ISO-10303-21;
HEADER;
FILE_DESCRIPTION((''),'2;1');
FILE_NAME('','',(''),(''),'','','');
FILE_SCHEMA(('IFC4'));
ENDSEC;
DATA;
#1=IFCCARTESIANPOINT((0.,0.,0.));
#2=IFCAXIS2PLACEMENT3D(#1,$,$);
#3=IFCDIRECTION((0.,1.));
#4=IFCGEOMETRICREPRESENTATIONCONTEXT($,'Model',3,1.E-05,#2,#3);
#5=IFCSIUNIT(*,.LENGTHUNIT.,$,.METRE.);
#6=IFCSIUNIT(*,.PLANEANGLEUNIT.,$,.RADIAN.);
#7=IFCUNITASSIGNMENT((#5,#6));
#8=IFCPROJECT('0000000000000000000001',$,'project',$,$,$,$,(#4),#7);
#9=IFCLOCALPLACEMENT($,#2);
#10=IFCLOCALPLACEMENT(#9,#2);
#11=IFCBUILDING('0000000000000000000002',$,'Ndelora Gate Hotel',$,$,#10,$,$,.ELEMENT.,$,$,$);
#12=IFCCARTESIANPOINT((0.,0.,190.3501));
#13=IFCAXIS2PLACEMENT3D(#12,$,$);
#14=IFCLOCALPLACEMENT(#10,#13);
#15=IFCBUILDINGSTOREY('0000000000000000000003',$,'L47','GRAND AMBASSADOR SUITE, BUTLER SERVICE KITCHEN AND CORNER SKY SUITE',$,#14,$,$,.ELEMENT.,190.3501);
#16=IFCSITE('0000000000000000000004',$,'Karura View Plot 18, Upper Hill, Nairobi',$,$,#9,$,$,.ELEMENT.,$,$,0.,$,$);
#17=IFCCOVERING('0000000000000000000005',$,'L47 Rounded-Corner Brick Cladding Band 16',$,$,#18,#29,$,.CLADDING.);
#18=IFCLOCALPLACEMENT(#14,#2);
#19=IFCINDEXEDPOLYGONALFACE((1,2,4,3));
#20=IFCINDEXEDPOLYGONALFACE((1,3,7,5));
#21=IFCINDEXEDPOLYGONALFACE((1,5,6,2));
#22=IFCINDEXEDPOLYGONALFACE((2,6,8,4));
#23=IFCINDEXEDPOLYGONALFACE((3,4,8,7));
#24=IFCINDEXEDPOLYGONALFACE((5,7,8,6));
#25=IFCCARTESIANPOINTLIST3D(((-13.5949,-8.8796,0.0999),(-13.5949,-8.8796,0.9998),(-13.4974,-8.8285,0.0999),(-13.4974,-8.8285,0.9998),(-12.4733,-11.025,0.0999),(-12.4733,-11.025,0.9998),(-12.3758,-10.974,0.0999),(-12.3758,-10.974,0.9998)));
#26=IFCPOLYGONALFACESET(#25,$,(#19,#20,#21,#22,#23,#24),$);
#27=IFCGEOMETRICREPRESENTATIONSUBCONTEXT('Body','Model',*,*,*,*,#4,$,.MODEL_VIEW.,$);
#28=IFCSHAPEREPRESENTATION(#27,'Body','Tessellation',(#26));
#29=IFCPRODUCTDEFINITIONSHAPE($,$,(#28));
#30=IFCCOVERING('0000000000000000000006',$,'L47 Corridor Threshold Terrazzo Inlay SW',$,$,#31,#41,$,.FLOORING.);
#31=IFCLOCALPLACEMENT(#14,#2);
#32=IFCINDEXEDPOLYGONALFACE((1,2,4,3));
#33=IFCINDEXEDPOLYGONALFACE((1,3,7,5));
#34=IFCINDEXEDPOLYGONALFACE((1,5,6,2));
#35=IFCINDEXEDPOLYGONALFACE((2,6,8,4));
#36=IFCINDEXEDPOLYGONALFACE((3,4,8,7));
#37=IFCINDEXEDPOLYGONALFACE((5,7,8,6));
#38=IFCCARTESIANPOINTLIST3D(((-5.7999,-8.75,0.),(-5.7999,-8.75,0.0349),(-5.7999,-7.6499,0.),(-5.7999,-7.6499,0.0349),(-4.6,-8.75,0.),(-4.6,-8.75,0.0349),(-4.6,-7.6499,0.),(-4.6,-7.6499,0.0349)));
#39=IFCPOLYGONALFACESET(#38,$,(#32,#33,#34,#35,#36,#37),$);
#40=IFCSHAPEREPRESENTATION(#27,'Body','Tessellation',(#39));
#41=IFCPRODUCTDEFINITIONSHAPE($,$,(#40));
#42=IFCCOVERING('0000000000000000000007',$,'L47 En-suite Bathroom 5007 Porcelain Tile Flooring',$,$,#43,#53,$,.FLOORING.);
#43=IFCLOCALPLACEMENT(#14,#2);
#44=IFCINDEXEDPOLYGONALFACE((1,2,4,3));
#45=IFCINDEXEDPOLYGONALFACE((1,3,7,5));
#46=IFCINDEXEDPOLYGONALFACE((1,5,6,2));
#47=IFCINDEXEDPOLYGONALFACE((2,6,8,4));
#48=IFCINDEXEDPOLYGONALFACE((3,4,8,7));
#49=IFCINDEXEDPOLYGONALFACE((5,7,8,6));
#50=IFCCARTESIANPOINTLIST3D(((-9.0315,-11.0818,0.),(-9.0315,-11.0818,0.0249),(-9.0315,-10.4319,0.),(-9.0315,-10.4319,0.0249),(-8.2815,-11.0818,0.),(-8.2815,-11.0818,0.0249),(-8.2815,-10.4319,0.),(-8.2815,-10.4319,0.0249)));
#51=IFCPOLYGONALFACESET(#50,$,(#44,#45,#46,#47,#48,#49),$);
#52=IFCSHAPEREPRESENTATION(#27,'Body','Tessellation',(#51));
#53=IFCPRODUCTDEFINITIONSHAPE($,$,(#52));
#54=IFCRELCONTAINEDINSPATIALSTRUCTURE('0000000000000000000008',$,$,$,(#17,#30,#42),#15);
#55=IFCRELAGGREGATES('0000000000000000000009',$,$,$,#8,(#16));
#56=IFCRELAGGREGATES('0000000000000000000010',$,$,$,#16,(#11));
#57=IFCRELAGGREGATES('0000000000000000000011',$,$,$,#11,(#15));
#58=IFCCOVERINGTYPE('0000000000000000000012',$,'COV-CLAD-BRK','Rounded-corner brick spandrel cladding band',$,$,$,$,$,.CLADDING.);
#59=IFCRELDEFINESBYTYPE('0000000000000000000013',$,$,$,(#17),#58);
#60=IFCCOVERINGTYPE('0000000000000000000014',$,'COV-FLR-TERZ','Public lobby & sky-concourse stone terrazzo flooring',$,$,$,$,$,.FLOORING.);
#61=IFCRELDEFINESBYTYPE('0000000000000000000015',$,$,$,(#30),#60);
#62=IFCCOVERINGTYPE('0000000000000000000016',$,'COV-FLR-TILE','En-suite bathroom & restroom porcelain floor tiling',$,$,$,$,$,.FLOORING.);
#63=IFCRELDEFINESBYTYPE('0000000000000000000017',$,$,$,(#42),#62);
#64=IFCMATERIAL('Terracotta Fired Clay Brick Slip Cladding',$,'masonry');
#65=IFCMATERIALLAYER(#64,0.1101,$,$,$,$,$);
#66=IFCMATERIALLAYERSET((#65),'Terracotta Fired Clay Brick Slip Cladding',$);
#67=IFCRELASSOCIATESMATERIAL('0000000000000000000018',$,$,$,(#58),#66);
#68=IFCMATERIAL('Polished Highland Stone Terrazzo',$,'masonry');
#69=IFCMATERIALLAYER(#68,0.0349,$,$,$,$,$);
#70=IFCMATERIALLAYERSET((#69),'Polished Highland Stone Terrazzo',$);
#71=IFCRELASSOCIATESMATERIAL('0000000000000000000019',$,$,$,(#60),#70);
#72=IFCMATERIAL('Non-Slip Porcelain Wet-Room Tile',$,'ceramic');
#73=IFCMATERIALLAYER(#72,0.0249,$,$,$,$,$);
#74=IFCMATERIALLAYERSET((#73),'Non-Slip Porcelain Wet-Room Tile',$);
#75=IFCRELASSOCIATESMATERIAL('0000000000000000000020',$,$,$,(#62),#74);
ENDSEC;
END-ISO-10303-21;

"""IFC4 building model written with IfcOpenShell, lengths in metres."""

from ifc_helpers import new_model, si_unit, direction, frame, origin, origin_2d, place, context, subcontext, project, spatial, rectangle, extrude, material, layer, layer_set, type_object, element, save


model = new_model("IFC4")

# Units and contexts
model_context = context("Model", 3, precision=1e-05, world=origin(), true_north=direction((0.0, 1.0)))
body_context = subcontext(model_context, "Body", "Model", "MODEL_VIEW")
ifc_project = project(units=[si_unit("LENGTHUNIT", "METRE"), si_unit("PLANEANGLEUNIT", "RADIAN")], contexts=[model_context])

# Site, building, storey
site_placement = place(None, origin())
site = spatial("IfcSite", under=ifc_project, at=site_placement, Name="Karura View Plot 18, Upper Hill, Nairobi", CompositionType="ELEMENT", RefElevation=0.0)
building_placement = place(site_placement, origin())
building = spatial("IfcBuilding", under=site, at=building_placement, Name="Ndelora Gate Hotel", CompositionType="ELEMENT")
storey_placement = place(building_placement, frame((0.0, 0.0, 190.3501)))
storey = spatial("IfcBuildingStorey", under=building, at=storey_placement, Name="L47", Description="GRAND AMBASSADOR SUITE, BUTLER SERVICE KITCHEN AND CORNER SKY SUITE", CompositionType="ELEMENT", Elevation=190.3501)

# Coverings
ifc_material_1 = material(Name="Terracotta Fired Clay Brick Slip Cladding", Category="masonry")
ifc_layer_1 = layer(ifc_material_1, 0.1101)
ifc_layer_set_1 = layer_set([ifc_layer_1], Name="Terracotta Fired Clay Brick Slip Cladding")
covering_type_1 = type_object("IfcCoveringType", Name="COV-CLAD-BRK", Description="Rounded-corner brick spandrel cladding band", PredefinedType="CLADDING", material=ifc_layer_set_1)
covering_1_placement = place(storey_placement, frame((-12.9854, -9.9268, 0.0999), z_axis=(0.0, 0.0, 1.0), x_axis=(-0.463296, 0.886204, 0.0)))
element("IfcCovering", 1, at=covering_1_placement, inside=storey, type_object=covering_type_1, Name="L47 Rounded-Corner Brick Cladding Band 16", PredefinedType="CLADDING", context=body_context, shape_type="SweptSolid", body=[
    extrude(rectangle(XDim=2.4209, YDim=0.1101, at=origin_2d()), origin(), (0.0, 0.0, 1.0), 0.8999),
])
ifc_material_2 = material(Name="Polished Highland Stone Terrazzo", Category="masonry")
ifc_layer_2 = layer(ifc_material_2, 0.0349)
ifc_layer_set_2 = layer_set([ifc_layer_2], Name="Polished Highland Stone Terrazzo")
covering_type_2 = type_object("IfcCoveringType", Name="COV-FLR-TERZ", Description="Public lobby & sky-concourse stone terrazzo flooring", PredefinedType="FLOORING", material=ifc_layer_set_2)
covering_2_placement = place(storey_placement, frame((-5.2, -8.2, 0.0), z_axis=(0.0, 0.0, 1.0), x_axis=(1.0, 0.0, 0.0)))
element("IfcCovering", 2, at=covering_2_placement, inside=storey, type_object=covering_type_2, Name="L47 Corridor Threshold Terrazzo Inlay SW", PredefinedType="FLOORING", context=body_context, shape_type="SweptSolid", body=[
    extrude(rectangle(XDim=1.2, YDim=1.1001, at=origin_2d()), origin(), (0.0, 0.0, 1.0), 0.0349),
])
ifc_material_3 = material(Name="Non-Slip Porcelain Wet-Room Tile", Category="ceramic")
ifc_layer_3 = layer(ifc_material_3, 0.0249)
ifc_layer_set_3 = layer_set([ifc_layer_3], Name="Non-Slip Porcelain Wet-Room Tile")
covering_type_3 = type_object("IfcCoveringType", Name="COV-FLR-TILE", Description="En-suite bathroom & restroom porcelain floor tiling", PredefinedType="FLOORING", material=ifc_layer_set_3)
covering_3_placement = place(storey_placement, frame((-8.6565, -10.7568, 0.0), z_axis=(0.0, 0.0, 1.0), x_axis=(1.0, 0.0, 0.0)))
element("IfcCovering", 3, at=covering_3_placement, inside=storey, type_object=covering_type_3, Name="L47 En-suite Bathroom 5007 Porcelain Tile Flooring", PredefinedType="FLOORING", context=body_context, shape_type="SweptSolid", body=[
    extrude(rectangle(XDim=0.75, YDim=0.6499, at=origin_2d()), origin(), (0.0, 0.0, 1.0), 0.0249),
])

save(model, "model.ifc")
